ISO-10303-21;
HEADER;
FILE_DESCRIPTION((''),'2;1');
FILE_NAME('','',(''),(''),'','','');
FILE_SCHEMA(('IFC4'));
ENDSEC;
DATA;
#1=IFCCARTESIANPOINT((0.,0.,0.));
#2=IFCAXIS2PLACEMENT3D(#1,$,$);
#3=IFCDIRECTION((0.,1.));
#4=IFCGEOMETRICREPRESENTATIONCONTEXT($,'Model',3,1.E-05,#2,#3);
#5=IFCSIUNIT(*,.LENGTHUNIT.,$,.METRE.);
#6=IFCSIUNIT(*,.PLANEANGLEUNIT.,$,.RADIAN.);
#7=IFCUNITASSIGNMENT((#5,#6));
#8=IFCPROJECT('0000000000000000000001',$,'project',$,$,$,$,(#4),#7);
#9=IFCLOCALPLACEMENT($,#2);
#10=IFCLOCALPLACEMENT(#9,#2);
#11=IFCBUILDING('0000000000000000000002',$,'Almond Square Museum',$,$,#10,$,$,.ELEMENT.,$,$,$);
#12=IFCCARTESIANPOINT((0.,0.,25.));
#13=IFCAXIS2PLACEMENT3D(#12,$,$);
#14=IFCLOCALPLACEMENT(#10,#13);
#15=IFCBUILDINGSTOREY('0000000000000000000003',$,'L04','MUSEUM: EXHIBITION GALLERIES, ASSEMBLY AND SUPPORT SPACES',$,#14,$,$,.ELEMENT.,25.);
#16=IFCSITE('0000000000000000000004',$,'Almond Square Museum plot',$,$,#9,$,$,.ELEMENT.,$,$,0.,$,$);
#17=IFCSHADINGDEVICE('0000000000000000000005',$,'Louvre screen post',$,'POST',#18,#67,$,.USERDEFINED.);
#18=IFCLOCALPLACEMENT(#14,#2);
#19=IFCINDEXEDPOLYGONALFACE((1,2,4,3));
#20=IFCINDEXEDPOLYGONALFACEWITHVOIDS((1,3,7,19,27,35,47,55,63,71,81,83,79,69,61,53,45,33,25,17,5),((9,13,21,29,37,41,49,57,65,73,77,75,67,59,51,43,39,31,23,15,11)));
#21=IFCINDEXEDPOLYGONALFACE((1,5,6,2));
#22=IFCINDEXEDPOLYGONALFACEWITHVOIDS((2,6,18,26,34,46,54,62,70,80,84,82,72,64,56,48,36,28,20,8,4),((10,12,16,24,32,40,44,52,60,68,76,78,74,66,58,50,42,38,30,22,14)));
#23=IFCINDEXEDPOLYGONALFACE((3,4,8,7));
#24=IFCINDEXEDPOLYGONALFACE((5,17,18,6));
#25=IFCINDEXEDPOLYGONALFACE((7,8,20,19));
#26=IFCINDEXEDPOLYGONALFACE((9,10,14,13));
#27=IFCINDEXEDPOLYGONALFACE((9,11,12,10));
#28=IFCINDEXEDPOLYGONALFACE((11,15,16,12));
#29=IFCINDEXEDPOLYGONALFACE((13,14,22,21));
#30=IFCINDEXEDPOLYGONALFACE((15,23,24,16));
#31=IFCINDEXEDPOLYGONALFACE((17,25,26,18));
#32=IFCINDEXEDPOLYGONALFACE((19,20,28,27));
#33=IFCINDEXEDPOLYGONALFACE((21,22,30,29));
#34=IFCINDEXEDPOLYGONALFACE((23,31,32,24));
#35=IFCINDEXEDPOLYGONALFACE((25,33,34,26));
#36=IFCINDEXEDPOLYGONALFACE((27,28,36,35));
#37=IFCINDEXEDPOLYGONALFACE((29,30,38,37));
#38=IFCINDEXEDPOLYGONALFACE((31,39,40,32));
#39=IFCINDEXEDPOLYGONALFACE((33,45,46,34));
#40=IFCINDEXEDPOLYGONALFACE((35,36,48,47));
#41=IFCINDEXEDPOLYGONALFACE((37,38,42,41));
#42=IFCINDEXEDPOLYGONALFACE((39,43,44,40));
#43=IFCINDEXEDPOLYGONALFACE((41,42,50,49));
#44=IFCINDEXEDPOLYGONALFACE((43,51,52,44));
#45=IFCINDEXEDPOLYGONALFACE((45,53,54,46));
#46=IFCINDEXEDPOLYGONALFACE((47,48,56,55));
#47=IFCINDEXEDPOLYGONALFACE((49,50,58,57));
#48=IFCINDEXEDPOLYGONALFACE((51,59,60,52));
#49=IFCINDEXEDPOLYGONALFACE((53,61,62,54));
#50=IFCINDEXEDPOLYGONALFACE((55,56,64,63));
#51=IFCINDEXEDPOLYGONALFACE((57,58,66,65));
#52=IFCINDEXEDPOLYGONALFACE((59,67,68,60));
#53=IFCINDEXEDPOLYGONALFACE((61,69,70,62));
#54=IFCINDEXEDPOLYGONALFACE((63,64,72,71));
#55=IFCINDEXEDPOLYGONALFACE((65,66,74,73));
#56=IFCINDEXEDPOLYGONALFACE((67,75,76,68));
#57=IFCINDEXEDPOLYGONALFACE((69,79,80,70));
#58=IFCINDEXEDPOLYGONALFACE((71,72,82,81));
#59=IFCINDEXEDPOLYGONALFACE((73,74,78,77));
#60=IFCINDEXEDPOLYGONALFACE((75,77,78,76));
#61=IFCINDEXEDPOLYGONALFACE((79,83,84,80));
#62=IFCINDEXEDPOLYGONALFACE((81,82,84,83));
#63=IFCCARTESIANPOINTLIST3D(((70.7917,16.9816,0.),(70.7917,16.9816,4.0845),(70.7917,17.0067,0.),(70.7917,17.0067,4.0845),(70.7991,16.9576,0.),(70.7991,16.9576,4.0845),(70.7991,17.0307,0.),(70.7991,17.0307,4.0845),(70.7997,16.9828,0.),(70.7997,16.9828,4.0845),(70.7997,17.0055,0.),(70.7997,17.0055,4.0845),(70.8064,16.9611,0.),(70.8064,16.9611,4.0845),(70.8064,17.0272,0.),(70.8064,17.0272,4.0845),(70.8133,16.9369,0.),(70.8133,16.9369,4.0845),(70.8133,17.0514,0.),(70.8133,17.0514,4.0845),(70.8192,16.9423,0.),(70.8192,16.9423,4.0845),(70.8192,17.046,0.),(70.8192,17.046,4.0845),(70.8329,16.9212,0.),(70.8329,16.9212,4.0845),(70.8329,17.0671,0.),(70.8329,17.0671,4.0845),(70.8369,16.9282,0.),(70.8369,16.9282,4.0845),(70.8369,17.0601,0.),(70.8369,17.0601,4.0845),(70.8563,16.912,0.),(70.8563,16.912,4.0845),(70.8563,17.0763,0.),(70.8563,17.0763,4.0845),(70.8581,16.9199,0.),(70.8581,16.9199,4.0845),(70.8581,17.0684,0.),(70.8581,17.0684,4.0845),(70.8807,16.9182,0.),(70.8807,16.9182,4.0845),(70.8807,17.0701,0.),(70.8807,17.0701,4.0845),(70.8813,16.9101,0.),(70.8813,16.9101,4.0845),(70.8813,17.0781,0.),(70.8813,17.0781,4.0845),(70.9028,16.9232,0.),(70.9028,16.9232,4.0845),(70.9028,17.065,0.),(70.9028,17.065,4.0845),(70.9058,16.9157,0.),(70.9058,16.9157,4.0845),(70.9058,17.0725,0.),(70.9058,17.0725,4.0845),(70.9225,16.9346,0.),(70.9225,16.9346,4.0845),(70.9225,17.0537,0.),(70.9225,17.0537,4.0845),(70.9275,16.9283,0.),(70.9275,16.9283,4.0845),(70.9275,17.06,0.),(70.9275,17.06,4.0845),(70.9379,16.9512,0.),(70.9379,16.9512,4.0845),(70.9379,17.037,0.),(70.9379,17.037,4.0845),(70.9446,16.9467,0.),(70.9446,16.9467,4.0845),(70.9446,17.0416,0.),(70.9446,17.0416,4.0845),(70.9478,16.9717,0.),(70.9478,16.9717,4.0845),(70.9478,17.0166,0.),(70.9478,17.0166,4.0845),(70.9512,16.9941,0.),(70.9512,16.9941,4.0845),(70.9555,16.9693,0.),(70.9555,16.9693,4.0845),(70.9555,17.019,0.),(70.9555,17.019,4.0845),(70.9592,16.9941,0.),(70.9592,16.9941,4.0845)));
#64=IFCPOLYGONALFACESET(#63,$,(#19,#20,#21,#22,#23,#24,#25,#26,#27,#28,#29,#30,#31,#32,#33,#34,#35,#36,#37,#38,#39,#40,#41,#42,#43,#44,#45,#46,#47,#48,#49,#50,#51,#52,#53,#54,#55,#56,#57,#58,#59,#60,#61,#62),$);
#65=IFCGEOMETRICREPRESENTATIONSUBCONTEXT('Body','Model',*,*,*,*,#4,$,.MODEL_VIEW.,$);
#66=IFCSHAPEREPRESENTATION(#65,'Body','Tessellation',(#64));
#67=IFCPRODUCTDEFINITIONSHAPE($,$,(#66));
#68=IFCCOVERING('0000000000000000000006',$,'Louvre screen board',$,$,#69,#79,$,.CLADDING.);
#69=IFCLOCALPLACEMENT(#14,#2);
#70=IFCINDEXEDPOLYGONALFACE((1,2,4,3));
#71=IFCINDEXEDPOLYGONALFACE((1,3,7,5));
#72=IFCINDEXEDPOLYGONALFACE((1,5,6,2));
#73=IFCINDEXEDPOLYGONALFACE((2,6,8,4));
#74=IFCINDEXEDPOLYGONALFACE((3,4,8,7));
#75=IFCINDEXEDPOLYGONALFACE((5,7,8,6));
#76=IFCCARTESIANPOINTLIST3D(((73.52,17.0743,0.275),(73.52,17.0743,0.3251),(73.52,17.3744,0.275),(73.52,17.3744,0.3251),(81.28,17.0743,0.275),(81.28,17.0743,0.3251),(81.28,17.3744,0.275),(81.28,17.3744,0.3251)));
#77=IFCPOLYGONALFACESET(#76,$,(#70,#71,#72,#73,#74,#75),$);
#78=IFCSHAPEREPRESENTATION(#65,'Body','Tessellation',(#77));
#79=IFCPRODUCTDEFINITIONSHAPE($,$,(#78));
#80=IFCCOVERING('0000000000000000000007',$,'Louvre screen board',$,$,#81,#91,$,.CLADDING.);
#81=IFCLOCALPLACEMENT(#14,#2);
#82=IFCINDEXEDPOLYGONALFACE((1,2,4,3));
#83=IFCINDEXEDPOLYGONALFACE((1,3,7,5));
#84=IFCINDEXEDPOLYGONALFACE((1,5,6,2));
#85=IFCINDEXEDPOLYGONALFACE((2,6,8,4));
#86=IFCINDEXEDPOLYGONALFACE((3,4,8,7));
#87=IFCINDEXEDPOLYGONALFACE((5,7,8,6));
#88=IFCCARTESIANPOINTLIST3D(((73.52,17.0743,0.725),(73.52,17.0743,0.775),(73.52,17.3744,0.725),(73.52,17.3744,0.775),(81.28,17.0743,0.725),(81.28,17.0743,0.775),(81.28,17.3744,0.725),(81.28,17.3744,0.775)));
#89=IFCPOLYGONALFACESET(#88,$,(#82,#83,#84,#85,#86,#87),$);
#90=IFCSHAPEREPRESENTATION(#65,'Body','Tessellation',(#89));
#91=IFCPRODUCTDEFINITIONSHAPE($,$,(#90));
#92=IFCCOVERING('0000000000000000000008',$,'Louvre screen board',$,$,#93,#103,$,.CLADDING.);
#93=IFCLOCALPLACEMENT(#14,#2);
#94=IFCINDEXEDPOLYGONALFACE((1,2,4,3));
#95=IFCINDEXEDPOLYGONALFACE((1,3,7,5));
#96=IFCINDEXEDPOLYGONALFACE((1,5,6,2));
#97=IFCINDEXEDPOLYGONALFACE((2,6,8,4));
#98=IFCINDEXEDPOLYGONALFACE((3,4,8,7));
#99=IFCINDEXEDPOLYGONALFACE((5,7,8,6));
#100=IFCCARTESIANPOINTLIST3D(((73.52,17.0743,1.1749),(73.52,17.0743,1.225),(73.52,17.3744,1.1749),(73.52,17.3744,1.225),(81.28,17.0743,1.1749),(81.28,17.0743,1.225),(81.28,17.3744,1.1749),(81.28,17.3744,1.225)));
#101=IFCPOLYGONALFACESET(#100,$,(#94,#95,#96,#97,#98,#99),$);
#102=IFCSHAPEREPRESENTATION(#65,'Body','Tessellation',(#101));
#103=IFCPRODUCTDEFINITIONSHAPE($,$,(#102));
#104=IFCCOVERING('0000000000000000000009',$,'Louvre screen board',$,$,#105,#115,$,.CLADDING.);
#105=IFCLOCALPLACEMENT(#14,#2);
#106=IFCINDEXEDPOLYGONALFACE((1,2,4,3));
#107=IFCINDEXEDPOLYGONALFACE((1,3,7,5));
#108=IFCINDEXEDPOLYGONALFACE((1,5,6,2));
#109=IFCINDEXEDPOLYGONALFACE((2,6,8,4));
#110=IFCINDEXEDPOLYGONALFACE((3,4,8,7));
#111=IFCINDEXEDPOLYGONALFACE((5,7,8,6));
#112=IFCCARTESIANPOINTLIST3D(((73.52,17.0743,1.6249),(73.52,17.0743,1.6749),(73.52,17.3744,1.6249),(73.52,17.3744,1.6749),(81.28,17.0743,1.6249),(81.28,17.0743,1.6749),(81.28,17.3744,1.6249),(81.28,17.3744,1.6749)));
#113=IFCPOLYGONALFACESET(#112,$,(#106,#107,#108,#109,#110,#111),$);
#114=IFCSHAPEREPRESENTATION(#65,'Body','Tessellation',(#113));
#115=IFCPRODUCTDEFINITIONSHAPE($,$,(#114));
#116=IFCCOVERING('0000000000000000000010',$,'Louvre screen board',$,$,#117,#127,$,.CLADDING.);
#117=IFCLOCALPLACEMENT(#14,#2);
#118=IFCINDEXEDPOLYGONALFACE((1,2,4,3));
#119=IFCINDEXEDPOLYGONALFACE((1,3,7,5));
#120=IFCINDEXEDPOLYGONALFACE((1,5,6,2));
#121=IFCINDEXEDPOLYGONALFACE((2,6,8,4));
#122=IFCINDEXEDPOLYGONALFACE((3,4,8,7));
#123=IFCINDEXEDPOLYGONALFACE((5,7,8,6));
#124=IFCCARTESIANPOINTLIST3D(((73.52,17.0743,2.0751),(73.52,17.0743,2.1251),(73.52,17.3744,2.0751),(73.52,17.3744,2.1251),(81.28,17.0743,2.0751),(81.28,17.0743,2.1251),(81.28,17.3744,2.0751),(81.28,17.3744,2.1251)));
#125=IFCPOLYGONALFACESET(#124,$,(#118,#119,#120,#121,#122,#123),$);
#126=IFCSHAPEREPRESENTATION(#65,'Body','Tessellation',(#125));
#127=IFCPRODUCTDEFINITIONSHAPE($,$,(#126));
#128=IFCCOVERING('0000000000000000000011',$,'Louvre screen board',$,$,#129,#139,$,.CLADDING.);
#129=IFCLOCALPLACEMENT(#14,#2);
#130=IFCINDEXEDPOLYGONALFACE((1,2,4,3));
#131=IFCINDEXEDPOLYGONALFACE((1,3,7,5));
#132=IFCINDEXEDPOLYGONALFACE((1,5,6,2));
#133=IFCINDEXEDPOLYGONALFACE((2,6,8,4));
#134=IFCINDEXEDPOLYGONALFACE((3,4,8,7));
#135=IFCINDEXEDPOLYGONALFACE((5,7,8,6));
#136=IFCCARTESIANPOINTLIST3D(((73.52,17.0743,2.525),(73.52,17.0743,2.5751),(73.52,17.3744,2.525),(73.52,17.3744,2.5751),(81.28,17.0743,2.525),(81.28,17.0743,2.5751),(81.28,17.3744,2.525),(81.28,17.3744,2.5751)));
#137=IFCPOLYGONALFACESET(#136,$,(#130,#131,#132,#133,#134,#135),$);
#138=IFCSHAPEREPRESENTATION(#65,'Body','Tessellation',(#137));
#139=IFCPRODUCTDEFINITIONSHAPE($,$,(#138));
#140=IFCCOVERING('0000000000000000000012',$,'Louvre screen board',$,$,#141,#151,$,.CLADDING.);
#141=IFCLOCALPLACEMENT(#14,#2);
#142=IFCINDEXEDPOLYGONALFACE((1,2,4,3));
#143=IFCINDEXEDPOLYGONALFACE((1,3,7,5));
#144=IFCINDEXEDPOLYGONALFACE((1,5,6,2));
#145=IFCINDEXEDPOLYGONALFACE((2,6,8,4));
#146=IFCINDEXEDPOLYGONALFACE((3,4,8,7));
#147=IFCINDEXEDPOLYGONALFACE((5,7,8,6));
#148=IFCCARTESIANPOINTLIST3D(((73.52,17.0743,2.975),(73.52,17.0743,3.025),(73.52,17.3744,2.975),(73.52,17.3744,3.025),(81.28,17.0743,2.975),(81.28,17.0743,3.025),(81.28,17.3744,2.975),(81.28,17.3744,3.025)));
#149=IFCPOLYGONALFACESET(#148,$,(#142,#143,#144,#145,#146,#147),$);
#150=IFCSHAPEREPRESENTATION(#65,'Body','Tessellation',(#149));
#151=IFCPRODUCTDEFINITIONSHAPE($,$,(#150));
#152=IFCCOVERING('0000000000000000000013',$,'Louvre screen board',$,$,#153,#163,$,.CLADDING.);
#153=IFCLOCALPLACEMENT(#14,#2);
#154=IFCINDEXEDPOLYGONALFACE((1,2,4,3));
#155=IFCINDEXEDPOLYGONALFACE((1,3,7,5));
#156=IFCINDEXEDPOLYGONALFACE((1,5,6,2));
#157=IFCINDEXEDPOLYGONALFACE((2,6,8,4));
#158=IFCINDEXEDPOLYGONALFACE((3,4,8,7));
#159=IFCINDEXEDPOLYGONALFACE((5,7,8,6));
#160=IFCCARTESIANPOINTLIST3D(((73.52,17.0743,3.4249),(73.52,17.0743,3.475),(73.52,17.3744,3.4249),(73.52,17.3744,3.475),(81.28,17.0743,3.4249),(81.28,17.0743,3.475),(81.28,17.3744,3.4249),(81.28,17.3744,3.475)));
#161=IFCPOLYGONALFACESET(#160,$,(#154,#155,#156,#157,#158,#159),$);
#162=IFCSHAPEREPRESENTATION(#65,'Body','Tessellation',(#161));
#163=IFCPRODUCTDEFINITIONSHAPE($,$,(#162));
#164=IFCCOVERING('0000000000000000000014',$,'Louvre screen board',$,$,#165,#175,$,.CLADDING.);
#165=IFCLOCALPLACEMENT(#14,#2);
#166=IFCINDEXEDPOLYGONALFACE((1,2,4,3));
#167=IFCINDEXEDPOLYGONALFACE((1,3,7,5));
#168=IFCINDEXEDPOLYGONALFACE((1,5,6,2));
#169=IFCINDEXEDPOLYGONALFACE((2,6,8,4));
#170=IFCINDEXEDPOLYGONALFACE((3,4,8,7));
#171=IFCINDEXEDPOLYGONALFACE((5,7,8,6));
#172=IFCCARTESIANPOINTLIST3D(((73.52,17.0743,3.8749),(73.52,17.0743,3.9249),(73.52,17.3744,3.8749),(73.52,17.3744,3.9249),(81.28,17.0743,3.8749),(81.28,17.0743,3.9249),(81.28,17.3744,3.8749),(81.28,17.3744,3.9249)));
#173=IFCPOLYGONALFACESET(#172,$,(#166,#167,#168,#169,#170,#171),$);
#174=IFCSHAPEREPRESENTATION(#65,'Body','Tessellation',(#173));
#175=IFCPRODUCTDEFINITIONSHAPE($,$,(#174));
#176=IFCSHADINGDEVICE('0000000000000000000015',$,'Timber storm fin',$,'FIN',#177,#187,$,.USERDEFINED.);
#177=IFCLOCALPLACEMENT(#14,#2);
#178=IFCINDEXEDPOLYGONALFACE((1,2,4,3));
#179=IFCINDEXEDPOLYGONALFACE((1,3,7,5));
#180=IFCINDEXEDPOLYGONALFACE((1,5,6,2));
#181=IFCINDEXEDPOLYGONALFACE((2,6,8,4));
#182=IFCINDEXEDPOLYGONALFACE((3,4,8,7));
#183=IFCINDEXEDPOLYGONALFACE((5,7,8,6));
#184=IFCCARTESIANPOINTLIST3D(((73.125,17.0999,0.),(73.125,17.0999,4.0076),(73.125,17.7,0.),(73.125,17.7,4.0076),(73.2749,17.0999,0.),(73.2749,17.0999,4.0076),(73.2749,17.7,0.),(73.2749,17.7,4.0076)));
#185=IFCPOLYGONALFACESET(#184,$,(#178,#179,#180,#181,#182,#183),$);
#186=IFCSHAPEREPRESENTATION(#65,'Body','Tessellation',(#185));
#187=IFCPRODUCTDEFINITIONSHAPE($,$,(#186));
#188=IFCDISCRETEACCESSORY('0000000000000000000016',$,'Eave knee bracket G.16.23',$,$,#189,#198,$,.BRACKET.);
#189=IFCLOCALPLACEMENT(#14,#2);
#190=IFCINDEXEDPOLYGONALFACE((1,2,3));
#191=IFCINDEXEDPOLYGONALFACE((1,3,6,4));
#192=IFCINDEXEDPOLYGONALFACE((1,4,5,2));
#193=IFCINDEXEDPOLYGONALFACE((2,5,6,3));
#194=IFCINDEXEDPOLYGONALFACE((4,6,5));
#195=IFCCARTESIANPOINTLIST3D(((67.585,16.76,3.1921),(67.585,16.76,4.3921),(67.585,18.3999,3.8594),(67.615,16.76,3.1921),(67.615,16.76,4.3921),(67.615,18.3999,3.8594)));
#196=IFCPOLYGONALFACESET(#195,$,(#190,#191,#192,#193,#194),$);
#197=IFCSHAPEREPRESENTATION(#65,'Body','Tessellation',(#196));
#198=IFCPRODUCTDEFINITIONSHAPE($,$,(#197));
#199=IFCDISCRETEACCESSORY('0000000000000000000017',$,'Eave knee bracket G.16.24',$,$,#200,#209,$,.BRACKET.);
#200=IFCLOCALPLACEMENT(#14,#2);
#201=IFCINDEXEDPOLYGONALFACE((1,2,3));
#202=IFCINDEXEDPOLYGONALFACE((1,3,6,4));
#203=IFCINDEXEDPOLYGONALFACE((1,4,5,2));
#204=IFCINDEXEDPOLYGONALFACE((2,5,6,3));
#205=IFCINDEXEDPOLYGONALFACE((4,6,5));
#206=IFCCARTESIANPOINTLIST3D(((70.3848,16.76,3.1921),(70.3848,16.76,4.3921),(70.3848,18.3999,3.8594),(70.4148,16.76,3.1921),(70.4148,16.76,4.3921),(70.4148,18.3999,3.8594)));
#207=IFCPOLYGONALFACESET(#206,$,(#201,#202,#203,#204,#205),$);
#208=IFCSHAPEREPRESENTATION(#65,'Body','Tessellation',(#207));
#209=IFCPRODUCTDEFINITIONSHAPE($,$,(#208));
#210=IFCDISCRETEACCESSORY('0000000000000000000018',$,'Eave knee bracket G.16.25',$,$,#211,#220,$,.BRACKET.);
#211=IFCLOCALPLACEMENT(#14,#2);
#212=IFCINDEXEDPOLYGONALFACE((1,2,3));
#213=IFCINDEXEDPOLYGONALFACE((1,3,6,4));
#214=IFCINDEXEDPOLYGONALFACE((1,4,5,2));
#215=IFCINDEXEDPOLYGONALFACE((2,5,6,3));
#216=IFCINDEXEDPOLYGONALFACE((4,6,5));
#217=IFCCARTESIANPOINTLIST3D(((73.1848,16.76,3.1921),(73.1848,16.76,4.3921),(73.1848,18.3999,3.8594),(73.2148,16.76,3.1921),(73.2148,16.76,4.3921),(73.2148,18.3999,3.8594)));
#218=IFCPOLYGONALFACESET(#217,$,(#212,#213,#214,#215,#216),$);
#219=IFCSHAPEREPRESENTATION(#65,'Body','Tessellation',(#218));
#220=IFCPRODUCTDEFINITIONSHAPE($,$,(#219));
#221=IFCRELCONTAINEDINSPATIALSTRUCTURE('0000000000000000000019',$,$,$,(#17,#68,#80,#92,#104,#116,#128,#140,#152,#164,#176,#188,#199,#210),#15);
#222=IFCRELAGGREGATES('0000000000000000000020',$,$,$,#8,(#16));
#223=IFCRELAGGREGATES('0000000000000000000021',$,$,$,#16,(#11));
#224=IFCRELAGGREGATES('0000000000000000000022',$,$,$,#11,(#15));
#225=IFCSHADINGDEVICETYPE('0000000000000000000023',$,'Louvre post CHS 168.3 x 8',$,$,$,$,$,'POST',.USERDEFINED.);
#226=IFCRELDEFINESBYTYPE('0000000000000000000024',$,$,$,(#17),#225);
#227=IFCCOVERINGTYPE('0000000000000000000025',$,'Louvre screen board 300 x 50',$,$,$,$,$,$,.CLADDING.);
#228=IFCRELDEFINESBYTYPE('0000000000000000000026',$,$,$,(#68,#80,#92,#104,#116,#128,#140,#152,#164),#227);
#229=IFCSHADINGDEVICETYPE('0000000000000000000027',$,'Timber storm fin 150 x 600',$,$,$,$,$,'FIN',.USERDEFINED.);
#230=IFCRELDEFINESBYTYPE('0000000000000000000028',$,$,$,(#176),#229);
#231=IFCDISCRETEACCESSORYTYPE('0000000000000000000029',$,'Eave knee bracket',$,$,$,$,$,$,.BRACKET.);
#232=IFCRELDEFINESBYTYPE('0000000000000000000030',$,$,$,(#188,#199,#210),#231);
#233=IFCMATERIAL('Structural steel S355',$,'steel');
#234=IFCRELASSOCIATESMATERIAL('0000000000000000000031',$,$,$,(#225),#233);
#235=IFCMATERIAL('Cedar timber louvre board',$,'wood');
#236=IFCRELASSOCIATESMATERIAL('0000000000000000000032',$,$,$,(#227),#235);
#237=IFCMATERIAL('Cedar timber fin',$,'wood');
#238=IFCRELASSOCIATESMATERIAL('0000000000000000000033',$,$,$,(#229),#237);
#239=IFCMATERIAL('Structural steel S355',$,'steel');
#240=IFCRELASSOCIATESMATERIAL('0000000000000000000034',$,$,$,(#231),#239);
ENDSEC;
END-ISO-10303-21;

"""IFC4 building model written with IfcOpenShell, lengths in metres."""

from ifc_helpers import new_model, si_unit, direction, frame, origin, origin_2d, place, context, subcontext, project, spatial, polyline, rectangle, hollow_circle, outline, extrude, material, material_profile, profile_set, type_object, element, save


model = new_model("IFC4")

# Units and contexts
model_context = context("Model", 3, precision=1e-05, world=origin(), true_north=direction((0.0, 1.0)))
body_context = subcontext(model_context, "Body", "Model", "MODEL_VIEW")
ifc_project = project(units=[si_unit("LENGTHUNIT", "METRE"), si_unit("PLANEANGLEUNIT", "RADIAN")], contexts=[model_context])

# Site, building, storey
site_placement = place(None, origin())
site = spatial("IfcSite", under=ifc_project, at=site_placement, Name="Almond Square Museum plot", CompositionType="ELEMENT", RefElevation=0.0)
building_placement = place(site_placement, origin())
building = spatial("IfcBuilding", under=site, at=building_placement, Name="Almond Square Museum", CompositionType="ELEMENT")
storey_placement = place(building_placement, frame((0.0, 0.0, 25.0)))
storey = spatial("IfcBuildingStorey", under=building, at=storey_placement, Name="L04", Description="MUSEUM: EXHIBITION GALLERIES, ASSEMBLY AND SUPPORT SPACES", CompositionType="ELEMENT", Elevation=25.0)

# Shading device
ifc_material_1 = material(Name="Structural steel S355", Category="steel")
ifc_material_profile_1 = material_profile(ifc_material_1, hollow_circle(Radius=0.0842, WallThickness=0.0081, at=origin_2d()))
ifc_profile_set_1 = profile_set([ifc_material_profile_1], Name="Structural steel S355")
shading_device_type_1 = type_object("IfcShadingDeviceType", Name="Louvre post CHS 168.3 x 8", ElementType="POST", PredefinedType="USERDEFINED", material=ifc_profile_set_1)
for number, where, z_axis, x_axis, name in (
    (1, (70.875, 16.9941, 0.0), (0.0, 0.0, 1.0), (1.0, 0.0, 0.0), "Louvre screen post"),
):
    element("IfcShadingDevice", number, at=place(storey_placement, frame(where, z_axis=z_axis, x_axis=x_axis)), inside=storey, type_object=shading_device_type_1, Name=name, ObjectType="POST", PredefinedType="USERDEFINED", context=body_context, shape_type="SweptSolid", body=[
        extrude(hollow_circle(Radius=0.0842, WallThickness=0.0081, at=origin_2d()), origin(), (0.0, 0.0, 1.0), 4.0845),
    ])

# Coverings
ifc_material_2 = material(Name="Cedar timber louvre board", Category="wood")
ifc_material_profile_2 = material_profile(ifc_material_2, rectangle(XDim=0.3, YDim=0.05, at=origin_2d()))
ifc_profile_set_2 = profile_set([ifc_material_profile_2], Name="Cedar timber louvre board")
covering_type = type_object("IfcCoveringType", Name="Louvre screen board 300 x 50", PredefinedType="CLADDING", material=ifc_profile_set_2)
for number, where, z_axis, x_axis, name in (
    (2, (73.52, 17.2244, 0.3), (1.0, 0.0, 0.0), (0.0, 1.0, 0.0), "Louvre screen board"),
    (3, (73.52, 17.2244, 0.75), (1.0, 0.0, 0.0), (0.0, 1.0, 0.0), "Louvre screen board"),
    (4, (73.52, 17.2244, 1.2), (1.0, 0.0, 0.0), (0.0, 1.0, 0.0), "Louvre screen board"),
    (5, (73.52, 17.2244, 1.6499), (1.0, 0.0, 0.0), (0.0, 1.0, 0.0), "Louvre screen board"),
    (6, (73.52, 17.2244, 2.1001), (1.0, 0.0, 0.0), (0.0, 1.0, 0.0), "Louvre screen board"),
    (7, (73.52, 17.2244, 2.55), (1.0, 0.0, 0.0), (0.0, 1.0, 0.0), "Louvre screen board"),
    (8, (73.52, 17.2244, 3.0), (1.0, 0.0, 0.0), (0.0, 1.0, 0.0), "Louvre screen board"),
    (9, (73.52, 17.2244, 3.45), (1.0, 0.0, 0.0), (0.0, 1.0, 0.0), "Louvre screen board"),
    (10, (73.52, 17.2244, 3.8999), (1.0, 0.0, 0.0), (0.0, 1.0, 0.0), "Louvre screen board"),
):
    element("IfcCovering", number, at=place(storey_placement, frame(where, z_axis=z_axis, x_axis=x_axis)), inside=storey, type_object=covering_type, Name=name, PredefinedType="CLADDING", context=body_context, shape_type="SweptSolid", body=[
        extrude(rectangle(XDim=0.3, YDim=0.05, at=origin_2d()), origin(), (0.0, 0.0, 1.0), 7.76),
    ])

# Shading device
ifc_material_3 = material(Name="Cedar timber fin", Category="wood")
shading_device_type_2 = type_object("IfcShadingDeviceType", Name="Timber storm fin 150 x 600", ElementType="FIN", PredefinedType="USERDEFINED", material=ifc_material_3)
shading_device_placement = place(storey_placement, frame((73.2, 17.3999, 0.0), z_axis=(0.0, 0.0, 1.0), x_axis=(1.0, 0.0, 0.0)))
element("IfcShadingDevice", 11, at=shading_device_placement, inside=storey, type_object=shading_device_type_2, Name="Timber storm fin", ObjectType="FIN", PredefinedType="USERDEFINED", context=body_context, shape_type="SweptSolid", body=[
    extrude(rectangle(XDim=0.1499, YDim=0.6001, at=origin_2d()), origin(), (0.0, 0.0, 1.0), 4.0076),
])

# Discrete accessories
ifc_material_4 = material(Name="Structural steel S355", Category="steel")
discrete_accessory_type = type_object("IfcDiscreteAccessoryType", Name="Eave knee bracket", PredefinedType="BRACKET", material=ifc_material_4)
for number, where, z_axis, x_axis, name in (
    (12, (67.6001, 16.76, 4.3921), (1.0, 0.0, 0.0), (0.0, 0.0, -1.0), "Eave knee bracket G.16.23"),
    (13, (70.3999, 16.76, 4.3921), (1.0, 0.0, 0.0), (0.0, 0.0, -1.0), "Eave knee bracket G.16.24"),
    (14, (73.2, 16.76, 4.3921), (1.0, 0.0, 0.0), (0.0, 0.0, -1.0), "Eave knee bracket G.16.25"),
):
    element("IfcDiscreteAccessory", number, at=place(storey_placement, frame(where, z_axis=z_axis, x_axis=x_axis)), inside=storey, type_object=discrete_accessory_type, Name=name, PredefinedType="BRACKET", context=body_context, shape_type="SweptSolid", body=[
        extrude(outline(polyline([(0.0, 0.0), (1.2, 0.0), (0.5327, 1.6399), (0.0, 0.0)])), frame((0.0, 0.0, -0.0151)), (0.0, 0.0, 1.0), 0.03),
    ])

save(model, "model.ifc")
